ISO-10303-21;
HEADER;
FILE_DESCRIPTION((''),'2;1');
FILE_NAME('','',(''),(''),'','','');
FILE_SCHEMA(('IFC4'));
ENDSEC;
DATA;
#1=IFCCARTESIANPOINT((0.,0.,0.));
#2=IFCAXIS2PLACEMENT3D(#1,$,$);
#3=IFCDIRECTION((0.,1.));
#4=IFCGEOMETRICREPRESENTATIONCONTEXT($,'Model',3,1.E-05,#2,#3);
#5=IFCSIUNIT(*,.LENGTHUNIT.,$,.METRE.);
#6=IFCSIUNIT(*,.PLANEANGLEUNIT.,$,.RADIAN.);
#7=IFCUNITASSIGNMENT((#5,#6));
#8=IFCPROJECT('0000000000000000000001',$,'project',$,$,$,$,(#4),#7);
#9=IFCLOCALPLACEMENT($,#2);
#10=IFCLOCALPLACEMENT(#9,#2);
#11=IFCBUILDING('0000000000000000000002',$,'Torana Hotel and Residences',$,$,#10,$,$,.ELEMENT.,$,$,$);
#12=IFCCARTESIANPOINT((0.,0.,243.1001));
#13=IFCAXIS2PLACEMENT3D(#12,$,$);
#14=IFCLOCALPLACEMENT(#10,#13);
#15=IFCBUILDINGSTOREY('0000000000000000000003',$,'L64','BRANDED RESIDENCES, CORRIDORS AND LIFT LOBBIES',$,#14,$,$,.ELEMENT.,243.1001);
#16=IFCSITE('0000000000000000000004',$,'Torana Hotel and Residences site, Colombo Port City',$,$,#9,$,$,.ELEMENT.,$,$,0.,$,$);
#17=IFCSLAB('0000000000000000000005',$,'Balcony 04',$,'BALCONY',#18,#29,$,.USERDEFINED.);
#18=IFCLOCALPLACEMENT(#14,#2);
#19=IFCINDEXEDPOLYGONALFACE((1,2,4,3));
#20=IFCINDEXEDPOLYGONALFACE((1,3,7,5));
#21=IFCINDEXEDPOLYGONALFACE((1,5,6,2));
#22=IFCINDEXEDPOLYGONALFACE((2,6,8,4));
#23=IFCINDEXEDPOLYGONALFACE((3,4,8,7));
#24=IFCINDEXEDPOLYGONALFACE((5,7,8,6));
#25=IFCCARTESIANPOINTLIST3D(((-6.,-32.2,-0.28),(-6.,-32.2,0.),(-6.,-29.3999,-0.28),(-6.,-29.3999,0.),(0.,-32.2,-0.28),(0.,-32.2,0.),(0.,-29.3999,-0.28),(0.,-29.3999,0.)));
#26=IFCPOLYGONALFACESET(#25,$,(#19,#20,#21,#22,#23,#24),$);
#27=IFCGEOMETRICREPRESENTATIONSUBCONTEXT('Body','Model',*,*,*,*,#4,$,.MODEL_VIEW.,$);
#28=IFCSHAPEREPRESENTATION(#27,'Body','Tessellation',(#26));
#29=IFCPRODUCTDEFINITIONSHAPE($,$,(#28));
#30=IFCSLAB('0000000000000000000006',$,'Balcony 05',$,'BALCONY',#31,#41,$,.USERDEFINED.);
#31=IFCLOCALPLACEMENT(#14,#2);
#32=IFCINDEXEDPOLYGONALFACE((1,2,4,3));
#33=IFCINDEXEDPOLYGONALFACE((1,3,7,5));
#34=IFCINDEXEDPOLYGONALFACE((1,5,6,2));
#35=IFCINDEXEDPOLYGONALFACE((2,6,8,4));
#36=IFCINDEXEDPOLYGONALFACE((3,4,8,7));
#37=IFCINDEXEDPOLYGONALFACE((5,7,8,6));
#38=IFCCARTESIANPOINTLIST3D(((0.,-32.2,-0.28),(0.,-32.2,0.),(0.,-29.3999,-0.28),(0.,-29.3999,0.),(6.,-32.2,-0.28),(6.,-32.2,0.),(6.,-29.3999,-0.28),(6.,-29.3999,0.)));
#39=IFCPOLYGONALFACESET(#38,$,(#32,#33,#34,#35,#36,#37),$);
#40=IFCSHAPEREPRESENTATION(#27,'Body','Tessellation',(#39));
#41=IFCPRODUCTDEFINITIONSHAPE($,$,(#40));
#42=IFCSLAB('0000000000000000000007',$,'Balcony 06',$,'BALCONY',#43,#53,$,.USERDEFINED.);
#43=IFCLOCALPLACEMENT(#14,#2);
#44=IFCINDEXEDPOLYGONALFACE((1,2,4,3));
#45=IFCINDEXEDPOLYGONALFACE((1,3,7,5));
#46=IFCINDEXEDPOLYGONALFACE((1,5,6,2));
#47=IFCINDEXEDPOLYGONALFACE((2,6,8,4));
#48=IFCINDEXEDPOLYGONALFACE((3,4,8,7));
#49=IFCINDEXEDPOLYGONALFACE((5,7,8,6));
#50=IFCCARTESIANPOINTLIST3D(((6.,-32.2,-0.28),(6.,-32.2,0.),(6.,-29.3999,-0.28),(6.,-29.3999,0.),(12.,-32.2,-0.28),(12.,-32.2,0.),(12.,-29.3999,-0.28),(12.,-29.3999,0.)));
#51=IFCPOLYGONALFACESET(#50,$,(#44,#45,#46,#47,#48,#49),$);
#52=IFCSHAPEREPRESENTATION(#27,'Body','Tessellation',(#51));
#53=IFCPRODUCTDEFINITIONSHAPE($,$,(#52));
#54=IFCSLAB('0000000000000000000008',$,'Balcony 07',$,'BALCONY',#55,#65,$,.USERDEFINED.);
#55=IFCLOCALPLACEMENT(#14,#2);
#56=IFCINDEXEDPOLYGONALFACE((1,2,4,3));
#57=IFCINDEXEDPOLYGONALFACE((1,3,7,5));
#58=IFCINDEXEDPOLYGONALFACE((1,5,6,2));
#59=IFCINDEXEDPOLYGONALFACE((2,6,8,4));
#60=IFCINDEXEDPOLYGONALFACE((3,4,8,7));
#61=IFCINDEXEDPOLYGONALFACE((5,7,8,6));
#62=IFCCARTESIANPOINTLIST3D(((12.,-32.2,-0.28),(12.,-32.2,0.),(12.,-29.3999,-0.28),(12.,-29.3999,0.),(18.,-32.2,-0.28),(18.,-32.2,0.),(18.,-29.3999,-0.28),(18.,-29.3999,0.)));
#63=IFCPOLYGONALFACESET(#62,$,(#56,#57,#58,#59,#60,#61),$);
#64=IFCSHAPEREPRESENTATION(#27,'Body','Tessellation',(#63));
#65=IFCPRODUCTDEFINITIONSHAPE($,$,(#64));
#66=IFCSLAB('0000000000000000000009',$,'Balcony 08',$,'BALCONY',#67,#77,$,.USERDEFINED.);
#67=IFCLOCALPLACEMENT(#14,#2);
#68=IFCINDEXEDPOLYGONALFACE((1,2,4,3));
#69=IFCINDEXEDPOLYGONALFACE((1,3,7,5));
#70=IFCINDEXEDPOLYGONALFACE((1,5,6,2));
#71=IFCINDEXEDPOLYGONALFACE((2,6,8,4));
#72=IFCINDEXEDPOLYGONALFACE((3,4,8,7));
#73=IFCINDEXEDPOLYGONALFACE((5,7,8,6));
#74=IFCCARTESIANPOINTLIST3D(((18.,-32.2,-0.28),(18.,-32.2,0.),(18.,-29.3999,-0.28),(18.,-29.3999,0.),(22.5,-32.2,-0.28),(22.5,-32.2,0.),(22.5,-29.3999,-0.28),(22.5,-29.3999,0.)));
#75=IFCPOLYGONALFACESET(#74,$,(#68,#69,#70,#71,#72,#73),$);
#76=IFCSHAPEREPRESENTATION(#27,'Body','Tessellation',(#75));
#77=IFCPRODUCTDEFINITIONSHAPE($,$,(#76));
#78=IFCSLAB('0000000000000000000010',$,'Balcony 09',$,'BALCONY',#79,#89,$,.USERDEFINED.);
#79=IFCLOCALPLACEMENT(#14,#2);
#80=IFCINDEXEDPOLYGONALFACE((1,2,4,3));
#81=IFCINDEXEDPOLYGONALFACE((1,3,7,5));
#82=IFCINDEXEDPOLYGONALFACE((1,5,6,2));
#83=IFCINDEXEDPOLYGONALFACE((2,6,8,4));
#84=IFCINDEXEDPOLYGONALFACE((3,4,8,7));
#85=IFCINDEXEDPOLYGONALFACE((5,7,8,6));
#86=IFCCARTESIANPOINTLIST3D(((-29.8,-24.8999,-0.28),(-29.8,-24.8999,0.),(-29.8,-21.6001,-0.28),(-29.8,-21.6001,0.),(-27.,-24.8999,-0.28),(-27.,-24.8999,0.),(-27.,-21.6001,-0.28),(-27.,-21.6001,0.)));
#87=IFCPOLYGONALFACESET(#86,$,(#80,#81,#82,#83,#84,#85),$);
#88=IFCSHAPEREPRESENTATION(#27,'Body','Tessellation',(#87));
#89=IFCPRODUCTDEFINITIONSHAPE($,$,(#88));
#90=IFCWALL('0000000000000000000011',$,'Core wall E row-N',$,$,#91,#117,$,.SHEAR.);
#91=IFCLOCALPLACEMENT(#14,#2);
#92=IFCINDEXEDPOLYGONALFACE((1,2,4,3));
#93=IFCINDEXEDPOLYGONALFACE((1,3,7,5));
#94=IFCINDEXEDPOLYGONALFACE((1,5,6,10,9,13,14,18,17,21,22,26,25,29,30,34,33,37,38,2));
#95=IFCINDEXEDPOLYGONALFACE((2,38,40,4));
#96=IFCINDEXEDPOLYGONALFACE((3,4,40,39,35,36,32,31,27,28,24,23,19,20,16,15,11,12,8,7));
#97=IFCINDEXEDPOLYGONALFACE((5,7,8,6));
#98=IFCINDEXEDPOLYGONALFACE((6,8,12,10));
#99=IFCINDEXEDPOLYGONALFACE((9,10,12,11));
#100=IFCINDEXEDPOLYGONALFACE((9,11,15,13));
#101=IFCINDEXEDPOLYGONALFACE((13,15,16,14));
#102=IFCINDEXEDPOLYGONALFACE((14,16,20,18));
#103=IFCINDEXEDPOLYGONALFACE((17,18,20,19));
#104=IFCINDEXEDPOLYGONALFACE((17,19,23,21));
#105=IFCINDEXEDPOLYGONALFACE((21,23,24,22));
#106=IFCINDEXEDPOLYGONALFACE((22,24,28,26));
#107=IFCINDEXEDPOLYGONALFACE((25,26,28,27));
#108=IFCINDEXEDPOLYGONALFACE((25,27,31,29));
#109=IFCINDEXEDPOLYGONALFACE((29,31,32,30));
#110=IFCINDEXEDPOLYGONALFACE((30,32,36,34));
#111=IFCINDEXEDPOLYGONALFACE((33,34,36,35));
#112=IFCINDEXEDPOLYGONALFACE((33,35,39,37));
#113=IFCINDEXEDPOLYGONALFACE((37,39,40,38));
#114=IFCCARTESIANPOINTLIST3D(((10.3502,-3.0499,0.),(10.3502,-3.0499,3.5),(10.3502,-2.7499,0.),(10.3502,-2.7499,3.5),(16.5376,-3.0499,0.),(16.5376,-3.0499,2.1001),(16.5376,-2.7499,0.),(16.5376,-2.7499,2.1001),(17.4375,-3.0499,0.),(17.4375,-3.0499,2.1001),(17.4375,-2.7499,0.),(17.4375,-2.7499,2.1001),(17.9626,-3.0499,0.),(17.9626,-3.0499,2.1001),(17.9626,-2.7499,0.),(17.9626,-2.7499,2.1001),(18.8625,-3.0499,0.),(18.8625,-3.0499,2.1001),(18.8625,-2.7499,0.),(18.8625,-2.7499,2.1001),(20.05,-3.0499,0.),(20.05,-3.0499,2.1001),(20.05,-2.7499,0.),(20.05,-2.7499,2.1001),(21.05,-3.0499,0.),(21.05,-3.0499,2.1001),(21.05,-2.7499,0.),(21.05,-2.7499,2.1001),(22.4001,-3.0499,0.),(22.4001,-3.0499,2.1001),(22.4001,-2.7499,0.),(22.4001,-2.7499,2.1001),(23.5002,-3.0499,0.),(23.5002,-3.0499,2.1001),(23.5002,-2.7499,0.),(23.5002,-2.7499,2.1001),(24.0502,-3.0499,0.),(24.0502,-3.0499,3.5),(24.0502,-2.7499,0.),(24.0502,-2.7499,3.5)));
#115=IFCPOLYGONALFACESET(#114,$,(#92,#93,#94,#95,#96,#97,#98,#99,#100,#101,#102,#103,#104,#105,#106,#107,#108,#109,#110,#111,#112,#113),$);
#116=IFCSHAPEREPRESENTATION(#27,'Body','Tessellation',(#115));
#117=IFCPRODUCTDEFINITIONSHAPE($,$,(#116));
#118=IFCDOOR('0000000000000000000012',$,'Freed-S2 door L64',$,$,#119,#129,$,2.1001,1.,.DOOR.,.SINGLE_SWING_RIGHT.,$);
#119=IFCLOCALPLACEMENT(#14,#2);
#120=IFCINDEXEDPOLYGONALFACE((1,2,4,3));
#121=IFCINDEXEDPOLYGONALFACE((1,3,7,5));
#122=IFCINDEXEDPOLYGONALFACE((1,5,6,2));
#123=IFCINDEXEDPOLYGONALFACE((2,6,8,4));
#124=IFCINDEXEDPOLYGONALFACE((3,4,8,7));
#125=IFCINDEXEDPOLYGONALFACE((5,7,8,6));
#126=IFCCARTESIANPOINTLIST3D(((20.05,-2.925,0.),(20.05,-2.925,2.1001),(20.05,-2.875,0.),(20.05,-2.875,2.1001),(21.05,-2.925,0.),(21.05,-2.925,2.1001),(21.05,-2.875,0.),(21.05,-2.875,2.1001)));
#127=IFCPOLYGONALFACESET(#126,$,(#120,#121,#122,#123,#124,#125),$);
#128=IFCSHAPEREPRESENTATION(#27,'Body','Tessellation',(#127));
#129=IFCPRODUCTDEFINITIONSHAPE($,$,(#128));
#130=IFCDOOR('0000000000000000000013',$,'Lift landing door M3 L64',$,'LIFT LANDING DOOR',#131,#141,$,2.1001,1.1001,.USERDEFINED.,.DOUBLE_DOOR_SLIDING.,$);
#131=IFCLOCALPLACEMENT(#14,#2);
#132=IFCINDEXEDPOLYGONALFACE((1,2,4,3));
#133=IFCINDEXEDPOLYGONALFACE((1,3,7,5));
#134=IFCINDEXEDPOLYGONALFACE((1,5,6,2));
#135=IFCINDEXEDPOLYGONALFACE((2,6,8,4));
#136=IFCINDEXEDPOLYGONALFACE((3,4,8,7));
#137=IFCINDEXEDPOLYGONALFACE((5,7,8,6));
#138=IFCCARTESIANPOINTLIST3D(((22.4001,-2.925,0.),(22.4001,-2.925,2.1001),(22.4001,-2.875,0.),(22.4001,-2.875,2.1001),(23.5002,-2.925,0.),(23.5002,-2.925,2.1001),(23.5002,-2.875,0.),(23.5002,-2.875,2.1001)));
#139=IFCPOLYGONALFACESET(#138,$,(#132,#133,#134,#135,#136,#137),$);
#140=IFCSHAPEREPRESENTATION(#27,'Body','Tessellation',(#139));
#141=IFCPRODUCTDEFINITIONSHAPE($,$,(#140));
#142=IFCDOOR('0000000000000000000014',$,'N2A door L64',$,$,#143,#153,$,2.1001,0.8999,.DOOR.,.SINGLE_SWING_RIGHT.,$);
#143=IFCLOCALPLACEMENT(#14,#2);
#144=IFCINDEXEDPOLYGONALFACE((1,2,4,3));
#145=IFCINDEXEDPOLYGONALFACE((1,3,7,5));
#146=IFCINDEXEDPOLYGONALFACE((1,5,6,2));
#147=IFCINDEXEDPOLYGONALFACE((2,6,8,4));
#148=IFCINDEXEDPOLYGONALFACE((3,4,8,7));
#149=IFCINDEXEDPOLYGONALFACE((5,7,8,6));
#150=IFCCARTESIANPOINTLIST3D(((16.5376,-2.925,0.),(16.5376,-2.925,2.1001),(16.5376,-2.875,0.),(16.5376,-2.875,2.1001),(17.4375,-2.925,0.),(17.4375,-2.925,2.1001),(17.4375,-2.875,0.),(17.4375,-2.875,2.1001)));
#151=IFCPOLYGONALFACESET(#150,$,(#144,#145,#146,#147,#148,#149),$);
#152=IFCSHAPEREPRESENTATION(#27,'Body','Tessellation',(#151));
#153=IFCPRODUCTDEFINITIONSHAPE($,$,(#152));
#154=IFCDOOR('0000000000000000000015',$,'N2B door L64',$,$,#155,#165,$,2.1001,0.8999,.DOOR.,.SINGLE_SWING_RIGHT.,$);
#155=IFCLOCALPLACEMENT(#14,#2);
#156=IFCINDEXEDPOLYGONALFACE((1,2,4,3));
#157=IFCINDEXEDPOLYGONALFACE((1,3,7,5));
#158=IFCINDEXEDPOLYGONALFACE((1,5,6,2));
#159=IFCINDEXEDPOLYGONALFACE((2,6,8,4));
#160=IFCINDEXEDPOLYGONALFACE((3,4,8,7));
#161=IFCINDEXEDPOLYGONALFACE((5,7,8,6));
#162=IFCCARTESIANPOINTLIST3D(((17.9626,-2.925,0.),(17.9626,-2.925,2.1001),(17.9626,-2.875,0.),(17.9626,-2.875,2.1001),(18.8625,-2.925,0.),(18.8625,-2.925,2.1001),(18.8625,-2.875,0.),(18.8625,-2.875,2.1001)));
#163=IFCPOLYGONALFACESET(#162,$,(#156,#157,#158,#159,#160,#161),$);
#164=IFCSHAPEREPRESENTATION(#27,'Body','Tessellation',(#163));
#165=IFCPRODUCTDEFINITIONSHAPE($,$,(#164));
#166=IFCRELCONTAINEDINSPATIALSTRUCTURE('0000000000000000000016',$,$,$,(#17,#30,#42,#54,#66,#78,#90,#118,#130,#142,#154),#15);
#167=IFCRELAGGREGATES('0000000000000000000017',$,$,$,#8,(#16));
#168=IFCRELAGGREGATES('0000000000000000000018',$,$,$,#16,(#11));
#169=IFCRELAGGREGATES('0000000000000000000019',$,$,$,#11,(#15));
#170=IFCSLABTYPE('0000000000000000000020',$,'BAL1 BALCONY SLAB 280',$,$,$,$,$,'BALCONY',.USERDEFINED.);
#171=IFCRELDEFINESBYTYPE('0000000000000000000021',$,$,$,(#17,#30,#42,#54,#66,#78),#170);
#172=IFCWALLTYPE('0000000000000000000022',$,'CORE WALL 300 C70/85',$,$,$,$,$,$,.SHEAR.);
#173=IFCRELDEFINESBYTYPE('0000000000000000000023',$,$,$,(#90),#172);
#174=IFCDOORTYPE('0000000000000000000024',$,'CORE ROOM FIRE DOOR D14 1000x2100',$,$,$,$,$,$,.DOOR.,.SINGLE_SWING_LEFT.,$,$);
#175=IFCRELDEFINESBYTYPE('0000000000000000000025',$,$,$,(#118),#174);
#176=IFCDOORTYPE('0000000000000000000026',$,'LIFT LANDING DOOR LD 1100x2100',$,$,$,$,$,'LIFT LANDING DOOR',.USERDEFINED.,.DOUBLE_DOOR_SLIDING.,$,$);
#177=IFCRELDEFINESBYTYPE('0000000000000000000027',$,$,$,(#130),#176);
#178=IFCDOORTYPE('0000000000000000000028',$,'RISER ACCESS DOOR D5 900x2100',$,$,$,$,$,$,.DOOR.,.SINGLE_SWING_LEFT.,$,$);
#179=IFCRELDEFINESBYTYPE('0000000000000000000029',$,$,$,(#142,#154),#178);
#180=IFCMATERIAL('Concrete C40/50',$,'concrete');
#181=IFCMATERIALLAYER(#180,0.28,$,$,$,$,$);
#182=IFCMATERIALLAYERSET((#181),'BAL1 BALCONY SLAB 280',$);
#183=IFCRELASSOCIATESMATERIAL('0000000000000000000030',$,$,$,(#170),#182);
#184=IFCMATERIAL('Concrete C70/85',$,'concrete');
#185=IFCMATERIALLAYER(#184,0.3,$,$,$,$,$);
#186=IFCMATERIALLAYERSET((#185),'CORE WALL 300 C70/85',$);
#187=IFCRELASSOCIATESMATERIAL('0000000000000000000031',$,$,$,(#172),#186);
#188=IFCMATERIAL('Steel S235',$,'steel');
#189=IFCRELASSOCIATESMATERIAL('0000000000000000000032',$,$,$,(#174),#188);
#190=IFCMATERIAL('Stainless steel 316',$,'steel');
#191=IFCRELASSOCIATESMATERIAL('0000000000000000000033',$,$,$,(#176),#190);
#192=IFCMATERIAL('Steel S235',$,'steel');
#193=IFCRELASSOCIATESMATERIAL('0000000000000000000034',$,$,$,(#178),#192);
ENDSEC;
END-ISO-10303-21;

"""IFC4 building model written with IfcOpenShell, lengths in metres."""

from ifc_helpers import new_model, si_unit, direction, frame, frame_2d, origin, place, context, subcontext, project, spatial, polyline, rectangle, outline, extrude, material, layer, layer_set, type_object, element, fill, save


model = new_model("IFC4")

# Units and contexts
model_context = context("Model", 3, precision=1e-05, world=origin(), true_north=direction((0.0, 1.0)))
body_context = subcontext(model_context, "Body", "Model", "MODEL_VIEW")
ifc_project = project(units=[si_unit("LENGTHUNIT", "METRE"), si_unit("PLANEANGLEUNIT", "RADIAN")], contexts=[model_context])

# Site, building, storey
site_placement = place(None, origin())
site = spatial("IfcSite", under=ifc_project, at=site_placement, Name="Torana Hotel and Residences site, Colombo Port City", CompositionType="ELEMENT", RefElevation=0.0)
building_placement = place(site_placement, origin())
building = spatial("IfcBuilding", under=site, at=building_placement, Name="Torana Hotel and Residences", CompositionType="ELEMENT")
storey_placement = place(building_placement, frame((0.0, 0.0, 243.1001)))
storey = spatial("IfcBuildingStorey", under=building, at=storey_placement, Name="L64", Description="BRANDED RESIDENCES, CORRIDORS AND LIFT LOBBIES", CompositionType="ELEMENT", Elevation=243.1001)

# Slabs
ifc_material_1 = material(Name="Concrete C40/50", Category="concrete")
ifc_layer_1 = layer(ifc_material_1, 0.28)
ifc_layer_set_1 = layer_set([ifc_layer_1], Name="BAL1 BALCONY SLAB 280")
slab_type = type_object("IfcSlabType", Name="BAL1 BALCONY SLAB 280", ElementType="BALCONY", PredefinedType="USERDEFINED", material=ifc_layer_set_1)
slab_1_placement = place(storey_placement, frame((0.0, 0.0, -0.28)))
element("IfcSlab", 1, at=slab_1_placement, inside=storey, type_object=slab_type, Name="Balcony 04", ObjectType="BALCONY", PredefinedType="USERDEFINED", context=body_context, shape_type="SweptSolid", body=[
    extrude(outline(polyline([(-6.0, -32.2), (0.0, -32.2), (0.0, -29.3999), (-6.0, -29.3999), (-6.0, -32.2)])), origin(), (0.0, 0.0, 1.0), 0.28),
])
slab_2_placement = place(storey_placement, frame((0.0, 0.0, -0.28)))
element("IfcSlab", 2, at=slab_2_placement, inside=storey, type_object=slab_type, Name="Balcony 05", ObjectType="BALCONY", PredefinedType="USERDEFINED", context=body_context, shape_type="SweptSolid", body=[
    extrude(outline(polyline([(0.0, -32.2), (6.0, -32.2), (6.0, -29.3999), (0.0, -29.3999), (0.0, -32.2)])), origin(), (0.0, 0.0, 1.0), 0.28),
])
slab_3_placement = place(storey_placement, frame((0.0, 0.0, -0.28)))
element("IfcSlab", 3, at=slab_3_placement, inside=storey, type_object=slab_type, Name="Balcony 06", ObjectType="BALCONY", PredefinedType="USERDEFINED", context=body_context, shape_type="SweptSolid", body=[
    extrude(outline(polyline([(6.0, -32.2), (12.0, -32.2), (12.0, -29.3999), (6.0, -29.3999), (6.0, -32.2)])), origin(), (0.0, 0.0, 1.0), 0.28),
])
slab_4_placement = place(storey_placement, frame((0.0, 0.0, -0.28)))
element("IfcSlab", 4, at=slab_4_placement, inside=storey, type_object=slab_type, Name="Balcony 07", ObjectType="BALCONY", PredefinedType="USERDEFINED", context=body_context, shape_type="SweptSolid", body=[
    extrude(outline(polyline([(12.0, -32.2), (18.0, -32.2), (18.0, -29.3999), (12.0, -29.3999), (12.0, -32.2)])), origin(), (0.0, 0.0, 1.0), 0.28),
])
slab_5_placement = place(storey_placement, frame((0.0, 0.0, -0.28)))
element("IfcSlab", 5, at=slab_5_placement, inside=storey, type_object=slab_type, Name="Balcony 08", ObjectType="BALCONY", PredefinedType="USERDEFINED", context=body_context, shape_type="SweptSolid", body=[
    extrude(outline(polyline([(18.0, -32.2), (22.5, -32.2), (22.5, -29.3999), (18.0, -29.3999), (18.0, -32.2)])), origin(), (0.0, 0.0, 1.0), 0.28),
])
slab_6_placement = place(storey_placement, frame((0.0, 0.0, -0.28)))
element("IfcSlab", 6, at=slab_6_placement, inside=storey, type_object=slab_type, Name="Balcony 09", ObjectType="BALCONY", PredefinedType="USERDEFINED", context=body_context, shape_type="SweptSolid", body=[
    extrude(outline(polyline([(-29.8, -24.8999), (-27.0, -24.8999), (-27.0, -21.6001), (-29.8, -21.6001), (-29.8, -24.8999)])), origin(), (0.0, 0.0, 1.0), 0.28),
])

# Wall, openings, doors
ifc_material_2 = material(Name="Concrete C70/85", Category="concrete")
ifc_layer_2 = layer(ifc_material_2, 0.3)
ifc_layer_set_2 = layer_set([ifc_layer_2], Name="CORE WALL 300 C70/85")
wall_type_1 = type_object("IfcWallType", Name="CORE WALL 300 C70/85", PredefinedType="SHEAR", material=ifc_layer_set_2)
wall_1_placement = place(storey_placement, frame((10.3501, -2.8999, 0.0), z_axis=(0.0, 0.0, 1.0), x_axis=(1.0, 0.0, 0.0)))
wall_1 = element("IfcWall", 7, at=wall_1_placement, inside=storey, type_object=wall_type_1, Name="Core wall E row-N", PredefinedType="SHEAR", context=body_context, shape_type="SweptSolid", body=[
    extrude(rectangle(XDim=13.7, YDim=0.3, at=frame_2d((6.8501, 0.0))), origin(), (0.0, 0.0, 1.0), 3.5),
])
opening_1_placement = place(wall_1_placement, frame((12.05, 0.0, 0.0)))
opening_1 = element("IfcOpeningElement", 8, at=opening_1_placement, cuts=wall_1, PredefinedType="OPENING", context=body_context, shape_type="SweptSolid", body=[
    extrude(rectangle(XDim=1.1001, YDim=2.1001, at=frame_2d((0.55, 1.05))), frame((0.0, 0.1599, 0.0), z_axis=(0.0, -1.0, 0.0), x_axis=(1.0, 0.0, 0.0)), (0.0, 0.0, 1.0), 0.3201),
])
opening_2_placement = place(wall_1_placement, frame((6.1875, 0.0, 0.0)))
opening_2 = element("IfcOpeningElement", 9, at=opening_2_placement, cuts=wall_1, PredefinedType="OPENING", context=body_context, shape_type="SweptSolid", body=[
    extrude(rectangle(XDim=0.8999, YDim=2.1001, at=frame_2d((0.45, 1.05))), frame((0.0, 0.1599, 0.0), z_axis=(0.0, -1.0, 0.0), x_axis=(1.0, 0.0, 0.0)), (0.0, 0.0, 1.0), 0.3201),
])
opening_3_placement = place(wall_1_placement, frame((7.6125, 0.0, 0.0)))
opening_3 = element("IfcOpeningElement", 10, at=opening_3_placement, cuts=wall_1, PredefinedType="OPENING", context=body_context, shape_type="SweptSolid", body=[
    extrude(rectangle(XDim=0.8999, YDim=2.1001, at=frame_2d((0.45, 1.05))), frame((0.0, 0.1599, 0.0), z_axis=(0.0, -1.0, 0.0), x_axis=(1.0, 0.0, 0.0)), (0.0, 0.0, 1.0), 0.3201),
])
opening_4_placement = place(wall_1_placement, frame((9.7, 0.0, 0.0)))
opening_4 = element("IfcOpeningElement", 11, at=opening_4_placement, cuts=wall_1, PredefinedType="OPENING", context=body_context, shape_type="SweptSolid", body=[
    extrude(rectangle(XDim=1.0, YDim=2.1001, at=frame_2d((0.5, 1.05))), frame((0.0, 0.1599, 0.0), z_axis=(0.0, -1.0, 0.0), x_axis=(1.0, 0.0, 0.0)), (0.0, 0.0, 1.0), 0.3201),
])
ifc_material_3 = material(Name="Steel S235", Category="steel")
door_type_1 = type_object("IfcDoorType", Name="CORE ROOM FIRE DOOR D14 1000x2100", OperationType="SINGLE_SWING_LEFT", PredefinedType="DOOR", material=ifc_material_3)
door_1_placement = place(opening_4_placement, origin())
door_1 = element("IfcDoor", 12, at=door_1_placement, inside=storey, type_object=door_type_1, Name="Freed-S2 door L64", OperationType="SINGLE_SWING_RIGHT", OverallHeight=2.1001, OverallWidth=1.0, PredefinedType="DOOR", context=body_context, shape_type="SweptSolid", body=[
    extrude(rectangle(XDim=1.0, YDim=2.1001, at=frame_2d((0.5, 1.05))), frame((0.0, 0.0249, 0.0), z_axis=(0.0, -1.0, 0.0), x_axis=(1.0, 0.0, 0.0)), (0.0, 0.0, 1.0), 0.05),
])
fill(opening_4, door_1)
ifc_material_4 = material(Name="Stainless steel 316", Category="steel")
door_type_2 = type_object("IfcDoorType", Name="LIFT LANDING DOOR LD 1100x2100", ElementType="LIFT LANDING DOOR", OperationType="DOUBLE_DOOR_SLIDING", PredefinedType="USERDEFINED", material=ifc_material_4)
door_2_placement = place(opening_1_placement, origin())
door_2 = element("IfcDoor", 13, at=door_2_placement, inside=storey, type_object=door_type_2, Name="Lift landing door M3 L64", ObjectType="LIFT LANDING DOOR", OperationType="DOUBLE_DOOR_SLIDING", OverallHeight=2.1001, OverallWidth=1.1001, PredefinedType="USERDEFINED", context=body_context, shape_type="SweptSolid", body=[
    extrude(rectangle(XDim=1.1001, YDim=2.1001, at=frame_2d((0.55, 1.05))), frame((0.0, 0.0249, 0.0), z_axis=(0.0, -1.0, 0.0), x_axis=(1.0, 0.0, 0.0)), (0.0, 0.0, 1.0), 0.05),
])
fill(opening_1, door_2)
ifc_material_5 = material(Name="Steel S235", Category="steel")
door_type_3 = type_object("IfcDoorType", Name="RISER ACCESS DOOR D5 900x2100", OperationType="SINGLE_SWING_LEFT", PredefinedType="DOOR", material=ifc_material_5)
door_3_placement = place(opening_2_placement, origin())
door_3 = element("IfcDoor", 14, at=door_3_placement, inside=storey, type_object=door_type_3, Name="N2A door L64", OperationType="SINGLE_SWING_RIGHT", OverallHeight=2.1001, OverallWidth=0.8999, PredefinedType="DOOR", context=body_context, shape_type="SweptSolid", body=[
    extrude(rectangle(XDim=0.8999, YDim=2.1001, at=frame_2d((0.45, 1.05))), frame((0.0, 0.0249, 0.0), z_axis=(0.0, -1.0, 0.0), x_axis=(1.0, 0.0, 0.0)), (0.0, 0.0, 1.0), 0.05),
])
fill(opening_2, door_3)
door_4_placement = place(opening_3_placement, origin())
door_4 = element("IfcDoor", 15, at=door_4_placement, inside=storey, type_object=door_type_3, Name="N2B door L64", OperationType="SINGLE_SWING_RIGHT", OverallHeight=2.1001, OverallWidth=0.8999, PredefinedType="DOOR", context=body_context, shape_type="SweptSolid", body=[
    extrude(rectangle(XDim=0.8999, YDim=2.1001, at=frame_2d((0.45, 1.05))), frame((0.0, 0.0249, 0.0), z_axis=(0.0, -1.0, 0.0), x_axis=(1.0, 0.0, 0.0)), (0.0, 0.0, 1.0), 0.05),
])
fill(opening_3, door_4)

save(model, "model.ifc")
